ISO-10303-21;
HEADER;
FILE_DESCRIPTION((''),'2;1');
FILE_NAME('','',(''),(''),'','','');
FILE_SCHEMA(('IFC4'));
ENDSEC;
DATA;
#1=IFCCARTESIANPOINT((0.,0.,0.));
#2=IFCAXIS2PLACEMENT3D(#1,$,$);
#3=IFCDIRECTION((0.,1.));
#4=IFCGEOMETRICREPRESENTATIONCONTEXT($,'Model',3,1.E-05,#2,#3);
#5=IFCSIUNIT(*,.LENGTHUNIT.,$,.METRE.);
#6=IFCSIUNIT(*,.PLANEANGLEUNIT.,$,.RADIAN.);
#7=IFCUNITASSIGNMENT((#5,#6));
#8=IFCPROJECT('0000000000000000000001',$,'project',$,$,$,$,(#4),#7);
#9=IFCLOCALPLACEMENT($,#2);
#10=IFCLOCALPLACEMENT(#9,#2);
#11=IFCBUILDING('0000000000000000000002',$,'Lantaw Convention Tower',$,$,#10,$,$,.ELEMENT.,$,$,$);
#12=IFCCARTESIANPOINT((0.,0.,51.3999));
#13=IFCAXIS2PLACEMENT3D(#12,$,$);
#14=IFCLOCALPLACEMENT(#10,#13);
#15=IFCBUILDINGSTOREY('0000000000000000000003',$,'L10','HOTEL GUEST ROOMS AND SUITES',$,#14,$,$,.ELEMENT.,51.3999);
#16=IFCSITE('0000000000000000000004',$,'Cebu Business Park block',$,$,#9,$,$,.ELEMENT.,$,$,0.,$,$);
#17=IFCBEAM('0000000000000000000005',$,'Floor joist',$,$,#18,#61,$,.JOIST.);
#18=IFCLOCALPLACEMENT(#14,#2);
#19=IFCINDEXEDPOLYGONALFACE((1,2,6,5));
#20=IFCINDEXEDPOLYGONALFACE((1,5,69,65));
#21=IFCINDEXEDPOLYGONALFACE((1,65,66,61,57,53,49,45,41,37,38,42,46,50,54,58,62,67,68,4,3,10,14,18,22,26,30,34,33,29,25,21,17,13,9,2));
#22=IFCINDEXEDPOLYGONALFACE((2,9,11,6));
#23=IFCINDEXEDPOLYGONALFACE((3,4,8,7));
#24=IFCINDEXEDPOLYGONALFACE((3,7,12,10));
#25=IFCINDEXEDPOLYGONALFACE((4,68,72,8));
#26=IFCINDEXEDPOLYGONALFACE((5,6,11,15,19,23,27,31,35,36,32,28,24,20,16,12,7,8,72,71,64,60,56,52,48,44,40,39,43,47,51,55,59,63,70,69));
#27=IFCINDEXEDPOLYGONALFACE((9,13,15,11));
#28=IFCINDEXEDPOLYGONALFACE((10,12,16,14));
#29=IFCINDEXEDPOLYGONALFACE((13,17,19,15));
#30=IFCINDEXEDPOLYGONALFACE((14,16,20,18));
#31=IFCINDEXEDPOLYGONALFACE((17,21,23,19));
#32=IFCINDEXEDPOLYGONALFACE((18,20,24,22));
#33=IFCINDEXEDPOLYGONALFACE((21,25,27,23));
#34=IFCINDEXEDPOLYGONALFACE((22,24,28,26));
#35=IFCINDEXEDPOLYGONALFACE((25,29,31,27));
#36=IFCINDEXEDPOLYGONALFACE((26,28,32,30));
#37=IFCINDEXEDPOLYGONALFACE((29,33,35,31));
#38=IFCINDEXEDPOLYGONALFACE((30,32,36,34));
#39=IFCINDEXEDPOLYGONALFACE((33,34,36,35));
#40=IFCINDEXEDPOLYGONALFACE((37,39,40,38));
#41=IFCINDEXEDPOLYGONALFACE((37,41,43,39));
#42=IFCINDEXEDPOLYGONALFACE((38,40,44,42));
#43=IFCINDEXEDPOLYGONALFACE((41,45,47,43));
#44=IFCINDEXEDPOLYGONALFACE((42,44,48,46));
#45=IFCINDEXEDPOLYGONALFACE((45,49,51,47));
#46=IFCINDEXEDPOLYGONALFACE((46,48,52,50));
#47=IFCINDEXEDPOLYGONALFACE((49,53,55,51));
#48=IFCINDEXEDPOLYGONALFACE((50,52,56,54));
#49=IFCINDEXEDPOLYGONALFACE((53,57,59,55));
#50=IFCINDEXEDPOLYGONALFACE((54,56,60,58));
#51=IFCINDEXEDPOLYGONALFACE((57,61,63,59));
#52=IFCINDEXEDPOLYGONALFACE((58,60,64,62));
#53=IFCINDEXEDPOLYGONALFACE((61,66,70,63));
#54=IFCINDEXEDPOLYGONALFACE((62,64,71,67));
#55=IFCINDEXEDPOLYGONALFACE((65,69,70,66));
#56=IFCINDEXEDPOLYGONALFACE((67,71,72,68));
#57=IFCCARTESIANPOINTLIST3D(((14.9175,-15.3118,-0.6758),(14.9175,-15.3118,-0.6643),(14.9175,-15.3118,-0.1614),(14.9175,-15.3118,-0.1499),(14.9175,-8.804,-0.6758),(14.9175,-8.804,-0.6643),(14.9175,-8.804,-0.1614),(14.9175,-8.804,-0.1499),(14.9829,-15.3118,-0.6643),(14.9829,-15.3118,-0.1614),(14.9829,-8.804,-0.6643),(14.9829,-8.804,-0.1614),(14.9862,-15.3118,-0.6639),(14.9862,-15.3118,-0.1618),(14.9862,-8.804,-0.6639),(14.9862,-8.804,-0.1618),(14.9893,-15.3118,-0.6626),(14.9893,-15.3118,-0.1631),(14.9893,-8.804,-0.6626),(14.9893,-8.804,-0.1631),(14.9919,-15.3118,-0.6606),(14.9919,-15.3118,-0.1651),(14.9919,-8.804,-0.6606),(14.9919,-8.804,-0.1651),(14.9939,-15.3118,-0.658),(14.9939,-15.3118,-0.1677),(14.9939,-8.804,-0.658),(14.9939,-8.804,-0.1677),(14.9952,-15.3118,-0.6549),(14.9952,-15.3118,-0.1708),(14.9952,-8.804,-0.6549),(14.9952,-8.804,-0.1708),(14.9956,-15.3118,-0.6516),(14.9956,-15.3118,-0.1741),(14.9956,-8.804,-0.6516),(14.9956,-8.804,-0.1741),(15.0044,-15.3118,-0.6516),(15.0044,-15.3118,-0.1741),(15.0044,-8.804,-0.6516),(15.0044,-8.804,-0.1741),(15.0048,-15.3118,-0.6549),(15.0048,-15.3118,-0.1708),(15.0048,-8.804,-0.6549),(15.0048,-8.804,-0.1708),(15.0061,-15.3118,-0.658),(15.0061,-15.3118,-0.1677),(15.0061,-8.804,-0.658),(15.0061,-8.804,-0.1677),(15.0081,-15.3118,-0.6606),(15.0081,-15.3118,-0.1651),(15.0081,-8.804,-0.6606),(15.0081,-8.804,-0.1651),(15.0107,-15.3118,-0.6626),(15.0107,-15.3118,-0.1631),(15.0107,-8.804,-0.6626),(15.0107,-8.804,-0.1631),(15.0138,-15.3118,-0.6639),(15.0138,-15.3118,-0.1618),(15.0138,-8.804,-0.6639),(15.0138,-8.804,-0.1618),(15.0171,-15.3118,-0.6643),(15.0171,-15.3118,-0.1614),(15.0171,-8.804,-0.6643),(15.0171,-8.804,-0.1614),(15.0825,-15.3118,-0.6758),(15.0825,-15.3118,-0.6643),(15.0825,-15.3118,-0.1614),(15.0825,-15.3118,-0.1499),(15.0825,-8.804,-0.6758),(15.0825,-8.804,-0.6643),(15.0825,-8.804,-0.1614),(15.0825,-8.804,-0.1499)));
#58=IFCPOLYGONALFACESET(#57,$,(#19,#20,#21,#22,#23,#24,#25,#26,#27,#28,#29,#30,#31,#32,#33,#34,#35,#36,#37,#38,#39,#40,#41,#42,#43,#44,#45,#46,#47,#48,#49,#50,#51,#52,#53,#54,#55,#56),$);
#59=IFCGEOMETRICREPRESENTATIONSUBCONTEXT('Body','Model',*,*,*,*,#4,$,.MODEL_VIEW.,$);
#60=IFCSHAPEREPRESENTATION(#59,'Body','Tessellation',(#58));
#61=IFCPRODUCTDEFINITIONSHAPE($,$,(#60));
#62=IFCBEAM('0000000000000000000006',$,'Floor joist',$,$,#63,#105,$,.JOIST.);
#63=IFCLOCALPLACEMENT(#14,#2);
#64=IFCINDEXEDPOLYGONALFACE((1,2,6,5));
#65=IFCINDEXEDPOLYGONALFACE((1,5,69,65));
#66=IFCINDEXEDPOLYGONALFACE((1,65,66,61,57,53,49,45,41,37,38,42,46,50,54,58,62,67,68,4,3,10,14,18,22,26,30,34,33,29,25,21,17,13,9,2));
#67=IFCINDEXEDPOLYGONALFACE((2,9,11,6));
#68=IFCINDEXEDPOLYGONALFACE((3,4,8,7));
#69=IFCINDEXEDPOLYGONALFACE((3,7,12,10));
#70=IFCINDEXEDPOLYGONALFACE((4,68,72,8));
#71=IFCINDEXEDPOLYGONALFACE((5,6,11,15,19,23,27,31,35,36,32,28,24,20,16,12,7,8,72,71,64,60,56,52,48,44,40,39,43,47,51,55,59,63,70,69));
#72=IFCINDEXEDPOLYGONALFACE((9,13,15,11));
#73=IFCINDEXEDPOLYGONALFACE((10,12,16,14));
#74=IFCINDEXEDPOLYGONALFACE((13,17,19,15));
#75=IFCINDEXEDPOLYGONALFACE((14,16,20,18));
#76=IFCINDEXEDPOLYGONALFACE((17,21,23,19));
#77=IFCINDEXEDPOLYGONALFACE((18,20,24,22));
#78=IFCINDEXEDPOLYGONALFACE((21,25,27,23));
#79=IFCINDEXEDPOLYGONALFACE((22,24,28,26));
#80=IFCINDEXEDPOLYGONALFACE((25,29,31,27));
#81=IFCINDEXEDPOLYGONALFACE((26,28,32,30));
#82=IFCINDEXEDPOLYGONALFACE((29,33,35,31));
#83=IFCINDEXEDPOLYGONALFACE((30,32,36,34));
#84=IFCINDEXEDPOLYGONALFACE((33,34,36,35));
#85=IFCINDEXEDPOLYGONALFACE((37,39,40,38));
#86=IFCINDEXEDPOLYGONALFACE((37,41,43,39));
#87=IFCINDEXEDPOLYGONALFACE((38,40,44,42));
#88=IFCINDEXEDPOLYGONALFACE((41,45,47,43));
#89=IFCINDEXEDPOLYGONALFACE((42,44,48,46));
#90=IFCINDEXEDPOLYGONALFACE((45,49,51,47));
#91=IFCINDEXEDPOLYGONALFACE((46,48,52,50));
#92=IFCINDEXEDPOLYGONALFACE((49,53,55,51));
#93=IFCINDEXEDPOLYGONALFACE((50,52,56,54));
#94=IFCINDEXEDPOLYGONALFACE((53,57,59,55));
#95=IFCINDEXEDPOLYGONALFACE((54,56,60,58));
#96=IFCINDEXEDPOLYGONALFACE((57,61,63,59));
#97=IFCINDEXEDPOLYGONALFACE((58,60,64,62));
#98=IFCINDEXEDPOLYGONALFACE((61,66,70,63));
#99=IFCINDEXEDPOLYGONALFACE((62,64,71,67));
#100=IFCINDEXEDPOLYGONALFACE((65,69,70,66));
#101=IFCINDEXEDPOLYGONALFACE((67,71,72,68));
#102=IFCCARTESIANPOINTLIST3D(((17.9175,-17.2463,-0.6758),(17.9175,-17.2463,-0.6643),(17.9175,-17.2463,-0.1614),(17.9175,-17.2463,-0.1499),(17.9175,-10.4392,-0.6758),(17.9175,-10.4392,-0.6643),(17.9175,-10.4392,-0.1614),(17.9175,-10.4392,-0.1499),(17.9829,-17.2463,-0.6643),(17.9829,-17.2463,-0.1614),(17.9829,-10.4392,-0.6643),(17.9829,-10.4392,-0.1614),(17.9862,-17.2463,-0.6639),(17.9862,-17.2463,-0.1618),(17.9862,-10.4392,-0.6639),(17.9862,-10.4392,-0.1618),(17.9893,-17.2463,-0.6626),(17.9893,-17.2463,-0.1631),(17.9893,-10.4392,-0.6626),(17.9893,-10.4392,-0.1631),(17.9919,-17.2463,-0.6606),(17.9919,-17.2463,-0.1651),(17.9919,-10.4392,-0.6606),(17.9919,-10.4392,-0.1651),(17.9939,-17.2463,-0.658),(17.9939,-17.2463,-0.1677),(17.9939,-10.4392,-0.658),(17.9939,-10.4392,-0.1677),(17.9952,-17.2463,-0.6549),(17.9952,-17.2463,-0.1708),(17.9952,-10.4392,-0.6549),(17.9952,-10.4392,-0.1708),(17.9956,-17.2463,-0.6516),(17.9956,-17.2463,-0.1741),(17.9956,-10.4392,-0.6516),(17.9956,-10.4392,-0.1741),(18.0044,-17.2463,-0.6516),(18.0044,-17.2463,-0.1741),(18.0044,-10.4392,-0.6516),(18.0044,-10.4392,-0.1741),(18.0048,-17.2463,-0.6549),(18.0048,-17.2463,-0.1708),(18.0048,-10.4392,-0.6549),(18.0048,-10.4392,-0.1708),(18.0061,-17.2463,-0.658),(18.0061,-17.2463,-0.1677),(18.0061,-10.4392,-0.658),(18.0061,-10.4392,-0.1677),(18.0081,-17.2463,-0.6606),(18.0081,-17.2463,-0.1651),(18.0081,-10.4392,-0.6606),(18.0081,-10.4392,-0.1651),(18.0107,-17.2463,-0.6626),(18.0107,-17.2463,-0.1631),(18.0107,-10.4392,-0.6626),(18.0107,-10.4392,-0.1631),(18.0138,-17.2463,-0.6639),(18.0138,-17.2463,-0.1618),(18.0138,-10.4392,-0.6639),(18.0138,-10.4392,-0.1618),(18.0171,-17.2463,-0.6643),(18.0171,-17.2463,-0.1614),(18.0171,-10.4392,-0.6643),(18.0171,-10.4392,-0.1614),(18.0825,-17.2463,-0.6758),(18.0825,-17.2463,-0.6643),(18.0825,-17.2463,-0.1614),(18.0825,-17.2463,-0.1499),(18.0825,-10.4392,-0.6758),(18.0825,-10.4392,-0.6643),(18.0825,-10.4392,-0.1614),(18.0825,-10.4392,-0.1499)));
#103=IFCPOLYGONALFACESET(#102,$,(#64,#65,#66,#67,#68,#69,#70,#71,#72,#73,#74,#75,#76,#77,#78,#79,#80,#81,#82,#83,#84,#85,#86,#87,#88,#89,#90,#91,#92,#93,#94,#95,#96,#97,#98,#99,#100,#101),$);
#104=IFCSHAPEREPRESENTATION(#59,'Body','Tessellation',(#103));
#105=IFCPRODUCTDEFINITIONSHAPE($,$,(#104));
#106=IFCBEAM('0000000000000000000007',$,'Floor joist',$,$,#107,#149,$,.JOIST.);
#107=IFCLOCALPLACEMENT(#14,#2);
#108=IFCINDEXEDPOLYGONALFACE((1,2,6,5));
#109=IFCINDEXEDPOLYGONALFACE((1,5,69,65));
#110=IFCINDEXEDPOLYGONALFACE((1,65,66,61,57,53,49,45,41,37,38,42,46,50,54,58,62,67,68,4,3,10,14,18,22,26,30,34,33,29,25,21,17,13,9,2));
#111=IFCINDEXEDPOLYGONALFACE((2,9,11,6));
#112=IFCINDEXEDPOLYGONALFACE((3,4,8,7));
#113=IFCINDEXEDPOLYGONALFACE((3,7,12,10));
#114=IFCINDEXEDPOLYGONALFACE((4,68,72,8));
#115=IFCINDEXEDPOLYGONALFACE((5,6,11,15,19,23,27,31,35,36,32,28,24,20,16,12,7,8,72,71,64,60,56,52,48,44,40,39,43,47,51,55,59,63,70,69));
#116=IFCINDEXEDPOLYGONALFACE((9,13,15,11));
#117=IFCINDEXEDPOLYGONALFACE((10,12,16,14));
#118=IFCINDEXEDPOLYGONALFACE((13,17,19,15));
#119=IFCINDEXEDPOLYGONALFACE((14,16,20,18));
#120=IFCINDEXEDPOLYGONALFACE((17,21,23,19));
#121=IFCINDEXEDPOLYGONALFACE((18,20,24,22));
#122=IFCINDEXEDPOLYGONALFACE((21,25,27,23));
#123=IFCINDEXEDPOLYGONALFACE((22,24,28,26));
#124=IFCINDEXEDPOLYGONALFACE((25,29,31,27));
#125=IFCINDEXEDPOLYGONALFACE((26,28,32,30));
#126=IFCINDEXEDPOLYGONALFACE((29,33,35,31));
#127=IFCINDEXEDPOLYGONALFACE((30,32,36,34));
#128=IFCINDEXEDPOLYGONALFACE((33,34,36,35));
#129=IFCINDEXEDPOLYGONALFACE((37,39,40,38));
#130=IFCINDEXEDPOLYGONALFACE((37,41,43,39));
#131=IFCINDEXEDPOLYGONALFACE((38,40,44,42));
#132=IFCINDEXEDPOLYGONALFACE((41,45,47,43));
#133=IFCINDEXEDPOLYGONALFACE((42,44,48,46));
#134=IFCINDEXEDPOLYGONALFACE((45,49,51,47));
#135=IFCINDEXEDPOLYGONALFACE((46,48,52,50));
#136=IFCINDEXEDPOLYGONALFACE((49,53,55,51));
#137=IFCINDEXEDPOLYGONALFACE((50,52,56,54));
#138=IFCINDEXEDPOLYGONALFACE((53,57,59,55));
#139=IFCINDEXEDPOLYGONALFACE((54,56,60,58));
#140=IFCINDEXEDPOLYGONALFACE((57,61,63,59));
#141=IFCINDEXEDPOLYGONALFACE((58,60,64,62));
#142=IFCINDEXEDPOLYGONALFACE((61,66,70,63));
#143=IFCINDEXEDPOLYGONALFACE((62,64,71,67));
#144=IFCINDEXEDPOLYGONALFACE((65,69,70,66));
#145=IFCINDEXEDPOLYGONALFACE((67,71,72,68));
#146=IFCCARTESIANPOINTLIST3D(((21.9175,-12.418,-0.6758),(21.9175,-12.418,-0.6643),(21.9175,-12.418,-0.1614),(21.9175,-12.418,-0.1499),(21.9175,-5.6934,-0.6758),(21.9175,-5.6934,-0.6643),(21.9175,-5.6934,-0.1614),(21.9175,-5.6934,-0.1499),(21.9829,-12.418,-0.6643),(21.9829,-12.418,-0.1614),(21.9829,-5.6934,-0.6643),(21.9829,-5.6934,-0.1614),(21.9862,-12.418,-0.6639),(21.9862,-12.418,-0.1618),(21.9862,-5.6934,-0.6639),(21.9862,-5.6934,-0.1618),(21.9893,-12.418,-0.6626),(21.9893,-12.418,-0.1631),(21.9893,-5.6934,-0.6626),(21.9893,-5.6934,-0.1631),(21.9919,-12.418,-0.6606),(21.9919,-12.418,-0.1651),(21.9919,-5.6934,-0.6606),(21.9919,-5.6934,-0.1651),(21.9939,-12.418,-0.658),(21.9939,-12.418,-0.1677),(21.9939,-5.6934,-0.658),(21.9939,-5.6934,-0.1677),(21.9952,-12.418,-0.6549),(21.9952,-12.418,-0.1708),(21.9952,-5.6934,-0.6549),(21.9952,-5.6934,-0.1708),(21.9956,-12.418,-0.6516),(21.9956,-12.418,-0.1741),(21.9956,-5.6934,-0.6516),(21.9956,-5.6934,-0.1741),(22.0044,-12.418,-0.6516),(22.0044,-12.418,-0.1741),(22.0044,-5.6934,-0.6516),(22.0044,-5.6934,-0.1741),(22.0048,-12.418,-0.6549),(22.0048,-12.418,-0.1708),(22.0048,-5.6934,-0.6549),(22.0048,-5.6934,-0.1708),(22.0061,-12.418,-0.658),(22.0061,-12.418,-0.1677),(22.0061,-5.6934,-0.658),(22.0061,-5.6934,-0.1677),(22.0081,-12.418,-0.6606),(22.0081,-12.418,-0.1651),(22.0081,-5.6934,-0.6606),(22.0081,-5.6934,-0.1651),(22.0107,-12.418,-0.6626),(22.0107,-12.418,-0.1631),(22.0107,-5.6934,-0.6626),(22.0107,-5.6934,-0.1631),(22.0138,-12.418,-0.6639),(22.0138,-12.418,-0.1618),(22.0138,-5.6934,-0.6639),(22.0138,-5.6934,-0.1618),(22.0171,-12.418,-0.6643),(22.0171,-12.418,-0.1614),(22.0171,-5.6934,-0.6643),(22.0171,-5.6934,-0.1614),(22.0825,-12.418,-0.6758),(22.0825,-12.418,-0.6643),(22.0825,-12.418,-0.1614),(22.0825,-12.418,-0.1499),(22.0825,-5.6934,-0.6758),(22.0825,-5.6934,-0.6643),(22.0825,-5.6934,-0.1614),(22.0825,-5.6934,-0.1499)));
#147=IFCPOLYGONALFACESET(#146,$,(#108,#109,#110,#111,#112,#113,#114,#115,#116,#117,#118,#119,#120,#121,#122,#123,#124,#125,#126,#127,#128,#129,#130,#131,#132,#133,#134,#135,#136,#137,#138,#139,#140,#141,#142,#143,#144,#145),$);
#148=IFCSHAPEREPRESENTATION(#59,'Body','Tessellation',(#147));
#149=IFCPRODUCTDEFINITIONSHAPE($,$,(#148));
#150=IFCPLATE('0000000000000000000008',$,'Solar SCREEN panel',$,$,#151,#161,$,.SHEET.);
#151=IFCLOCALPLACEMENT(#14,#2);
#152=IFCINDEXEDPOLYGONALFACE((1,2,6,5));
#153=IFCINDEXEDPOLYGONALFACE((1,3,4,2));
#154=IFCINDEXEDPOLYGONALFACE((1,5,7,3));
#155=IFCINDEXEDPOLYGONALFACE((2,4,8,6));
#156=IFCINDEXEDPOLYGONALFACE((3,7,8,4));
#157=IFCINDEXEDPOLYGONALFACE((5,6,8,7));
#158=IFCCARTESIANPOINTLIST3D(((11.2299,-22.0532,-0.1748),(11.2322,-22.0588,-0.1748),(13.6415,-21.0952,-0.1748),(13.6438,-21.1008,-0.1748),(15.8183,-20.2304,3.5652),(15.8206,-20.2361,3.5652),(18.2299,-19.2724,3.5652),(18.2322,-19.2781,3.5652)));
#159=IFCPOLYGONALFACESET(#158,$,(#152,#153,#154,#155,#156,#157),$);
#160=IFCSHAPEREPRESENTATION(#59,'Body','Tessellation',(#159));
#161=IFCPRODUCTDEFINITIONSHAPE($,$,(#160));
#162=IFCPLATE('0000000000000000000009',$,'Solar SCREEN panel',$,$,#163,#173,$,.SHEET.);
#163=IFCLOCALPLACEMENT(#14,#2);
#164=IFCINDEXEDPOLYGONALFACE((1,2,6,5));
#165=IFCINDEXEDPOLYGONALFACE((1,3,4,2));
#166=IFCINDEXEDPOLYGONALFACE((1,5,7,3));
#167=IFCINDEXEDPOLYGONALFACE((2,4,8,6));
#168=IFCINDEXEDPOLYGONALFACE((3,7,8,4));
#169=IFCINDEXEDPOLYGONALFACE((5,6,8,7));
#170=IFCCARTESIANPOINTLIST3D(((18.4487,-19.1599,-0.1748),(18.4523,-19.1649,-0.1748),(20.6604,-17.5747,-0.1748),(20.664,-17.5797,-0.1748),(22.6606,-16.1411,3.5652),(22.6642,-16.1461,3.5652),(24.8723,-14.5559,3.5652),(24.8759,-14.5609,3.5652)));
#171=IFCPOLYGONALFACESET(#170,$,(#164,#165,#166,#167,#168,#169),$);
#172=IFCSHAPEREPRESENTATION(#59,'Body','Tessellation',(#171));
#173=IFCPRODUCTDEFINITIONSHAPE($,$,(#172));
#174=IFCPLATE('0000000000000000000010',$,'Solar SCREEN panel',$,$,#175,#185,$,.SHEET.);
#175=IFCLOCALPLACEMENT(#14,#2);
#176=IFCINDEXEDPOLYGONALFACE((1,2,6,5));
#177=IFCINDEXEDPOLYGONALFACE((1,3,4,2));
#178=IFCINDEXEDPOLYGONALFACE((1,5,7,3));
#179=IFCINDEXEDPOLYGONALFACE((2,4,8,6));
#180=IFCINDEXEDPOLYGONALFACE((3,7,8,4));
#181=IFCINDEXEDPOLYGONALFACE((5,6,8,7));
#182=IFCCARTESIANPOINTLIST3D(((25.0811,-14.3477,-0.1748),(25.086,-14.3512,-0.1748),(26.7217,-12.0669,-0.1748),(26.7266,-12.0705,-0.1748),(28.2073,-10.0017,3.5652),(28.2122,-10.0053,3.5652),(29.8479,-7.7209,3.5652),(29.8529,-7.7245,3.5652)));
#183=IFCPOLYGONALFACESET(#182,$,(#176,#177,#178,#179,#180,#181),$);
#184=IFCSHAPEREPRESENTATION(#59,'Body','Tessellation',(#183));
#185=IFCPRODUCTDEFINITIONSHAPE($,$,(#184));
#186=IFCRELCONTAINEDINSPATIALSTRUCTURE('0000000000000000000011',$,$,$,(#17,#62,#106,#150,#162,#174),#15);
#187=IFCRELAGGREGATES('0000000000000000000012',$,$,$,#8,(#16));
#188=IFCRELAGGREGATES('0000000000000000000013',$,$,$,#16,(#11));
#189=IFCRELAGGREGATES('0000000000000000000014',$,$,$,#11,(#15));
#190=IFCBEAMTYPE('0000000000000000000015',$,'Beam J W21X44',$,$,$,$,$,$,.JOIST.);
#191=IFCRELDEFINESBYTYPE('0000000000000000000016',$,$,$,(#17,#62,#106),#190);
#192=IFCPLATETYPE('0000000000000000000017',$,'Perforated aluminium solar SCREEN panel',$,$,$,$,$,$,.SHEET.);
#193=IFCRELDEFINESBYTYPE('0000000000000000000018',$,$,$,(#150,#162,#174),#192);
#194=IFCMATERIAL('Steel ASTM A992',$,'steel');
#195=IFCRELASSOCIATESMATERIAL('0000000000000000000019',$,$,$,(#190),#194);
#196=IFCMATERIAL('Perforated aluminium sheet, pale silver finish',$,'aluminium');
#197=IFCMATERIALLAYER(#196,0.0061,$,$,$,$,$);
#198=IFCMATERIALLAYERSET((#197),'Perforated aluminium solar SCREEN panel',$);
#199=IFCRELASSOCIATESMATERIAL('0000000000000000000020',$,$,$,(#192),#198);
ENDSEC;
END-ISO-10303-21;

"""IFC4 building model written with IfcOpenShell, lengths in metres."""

from ifc_helpers import new_model, si_unit, direction, frame, origin, origin_2d, place, context, subcontext, project, spatial, polyline, i_section, outline, extrude, material, layer, layer_set, material_profile, profile_set, type_object, element, save


model = new_model("IFC4")

# Units and contexts
model_context = context("Model", 3, precision=1e-05, world=origin(), true_north=direction((0.0, 1.0)))
body_context = subcontext(model_context, "Body", "Model", "MODEL_VIEW")
ifc_project = project(units=[si_unit("LENGTHUNIT", "METRE"), si_unit("PLANEANGLEUNIT", "RADIAN")], contexts=[model_context])

# Site, building, storey
site_placement = place(None, origin())
site = spatial("IfcSite", under=ifc_project, at=site_placement, Name="Cebu Business Park block", CompositionType="ELEMENT", RefElevation=0.0)
building_placement = place(site_placement, origin())
building = spatial("IfcBuilding", under=site, at=building_placement, Name="Lantaw Convention Tower", CompositionType="ELEMENT")
storey_placement = place(building_placement, frame((0.0, 0.0, 51.3999)))
storey = spatial("IfcBuildingStorey", under=building, at=storey_placement, Name="L10", Description="HOTEL GUEST ROOMS AND SUITES", CompositionType="ELEMENT", Elevation=51.3999)

# Beams
ifc_material_1 = material(Name="Steel ASTM A992", Category="steel")
ifc_material_profile_1 = material_profile(ifc_material_1, i_section(OverallWidth=0.165, OverallDepth=0.5259, WebThickness=0.0088, FlangeThickness=0.0115, FilletRadius=0.0127, at=origin_2d()), Name="W21X44")
ifc_profile_set_1 = profile_set([ifc_material_profile_1], Name="Steel ASTM A992")
beam_type_1 = type_object("IfcBeamType", Name="Beam J W21X44", PredefinedType="JOIST", material=ifc_profile_set_1)
beam_1_placement = place(storey_placement, frame((15.0, -15.3118, -0.4128), z_axis=(0.0, 1.0, 0.0), x_axis=(-1.0, 0.0, 0.0)))
element("IfcBeam", 1, at=beam_1_placement, inside=storey, type_object=beam_type_1, Name="Floor joist", PredefinedType="JOIST", context=body_context, shape_type="SweptSolid", body=[
    extrude(i_section(OverallWidth=0.165, OverallDepth=0.5259, WebThickness=0.0088, FlangeThickness=0.0115, FilletRadius=0.0127, at=origin_2d()), origin(), (0.0, 0.0, 1.0), 6.5078),
])
beam_2_placement = place(storey_placement, frame((18.0, -17.2463, -0.4128), z_axis=(0.0, 1.0, 0.0), x_axis=(-1.0, 0.0, 0.0)))
element("IfcBeam", 2, at=beam_2_placement, inside=storey, type_object=beam_type_1, Name="Floor joist", PredefinedType="JOIST", context=body_context, shape_type="SweptSolid", body=[
    extrude(i_section(OverallWidth=0.165, OverallDepth=0.5259, WebThickness=0.0088, FlangeThickness=0.0115, FilletRadius=0.0127, at=origin_2d()), origin(), (0.0, 0.0, 1.0), 6.8071),
])
beam_3_placement = place(storey_placement, frame((22.0, -12.418, -0.4128), z_axis=(0.0, 1.0, 0.0), x_axis=(-1.0, 0.0, 0.0)))
element("IfcBeam", 3, at=beam_3_placement, inside=storey, type_object=beam_type_1, Name="Floor joist", PredefinedType="JOIST", context=body_context, shape_type="SweptSolid", body=[
    extrude(i_section(OverallWidth=0.165, OverallDepth=0.5259, WebThickness=0.0088, FlangeThickness=0.0115, FilletRadius=0.0127, at=origin_2d()), origin(), (0.0, 0.0, 1.0), 6.7246),
])

# Plates
ifc_material_2 = material(Name="Perforated aluminium sheet, pale silver finish", Category="aluminium")
ifc_layer_1 = layer(ifc_material_2, 0.0061)
ifc_layer_set_1 = layer_set([ifc_layer_1], Name="Perforated aluminium solar SCREEN panel")
plate_type = type_object("IfcPlateType", Name="Perforated aluminium solar SCREEN panel", PredefinedType="SHEET", material=ifc_layer_set_1)
plate_1_placement = place(storey_placement, frame((11.2322, -22.0588, -0.1748), z_axis=(0.369184, -0.929357, 0.000009), x_axis=(0.929357, 0.369184, 0.0)))
element("IfcPlate", 4, at=plate_1_placement, inside=storey, type_object=plate_type, Name="Solar SCREEN panel", PredefinedType="SHEET", context=body_context, shape_type="SweptSolid", body=[
    extrude(outline(polyline([(0.0, 0.0), (2.5949, 0.0), (7.5321, 3.74), (4.9372, 3.74), (0.0, 0.0)])), origin(), (0.0, 0.0, -1.0), 0.0061),
])
plate_2_placement = place(storey_placement, frame((18.4487, -19.1599, -0.1748), z_axis=(-0.582561, 0.812787, 0.000016), x_axis=(0.812787, 0.582561, 0.0)))
element("IfcPlate", 5, at=plate_2_placement, inside=storey, type_object=plate_type, Name="Solar SCREEN panel", PredefinedType="SHEET", context=body_context, shape_type="SweptSolid", body=[
    extrude(outline(polyline([(0.0, 0.0), (2.7211, 0.0), (7.9031, -3.74), (5.182, -3.74), (0.0, 0.0)])), origin(), (0.0, 0.0, -1.0), 0.0061),
])
plate_3_placement = place(storey_placement, frame((25.0811, -14.3477, -0.1748), z_axis=(-0.811791, 0.583948, 0.000009), x_axis=(0.583948, 0.811791, 0.0)))
element("IfcPlate", 6, at=plate_3_placement, inside=storey, type_object=plate_type, Name="Solar SCREEN panel", PredefinedType="SHEET", context=body_context, shape_type="SweptSolid", body=[
    extrude(outline(polyline([(0.0, 0.0), (2.8095, 0.0), (8.1631, -3.74), (5.3536, -3.74), (0.0, 0.0)])), origin(), (0.0, 0.0, -1.0), 0.0061),
])

save(model, "model.ifc")
